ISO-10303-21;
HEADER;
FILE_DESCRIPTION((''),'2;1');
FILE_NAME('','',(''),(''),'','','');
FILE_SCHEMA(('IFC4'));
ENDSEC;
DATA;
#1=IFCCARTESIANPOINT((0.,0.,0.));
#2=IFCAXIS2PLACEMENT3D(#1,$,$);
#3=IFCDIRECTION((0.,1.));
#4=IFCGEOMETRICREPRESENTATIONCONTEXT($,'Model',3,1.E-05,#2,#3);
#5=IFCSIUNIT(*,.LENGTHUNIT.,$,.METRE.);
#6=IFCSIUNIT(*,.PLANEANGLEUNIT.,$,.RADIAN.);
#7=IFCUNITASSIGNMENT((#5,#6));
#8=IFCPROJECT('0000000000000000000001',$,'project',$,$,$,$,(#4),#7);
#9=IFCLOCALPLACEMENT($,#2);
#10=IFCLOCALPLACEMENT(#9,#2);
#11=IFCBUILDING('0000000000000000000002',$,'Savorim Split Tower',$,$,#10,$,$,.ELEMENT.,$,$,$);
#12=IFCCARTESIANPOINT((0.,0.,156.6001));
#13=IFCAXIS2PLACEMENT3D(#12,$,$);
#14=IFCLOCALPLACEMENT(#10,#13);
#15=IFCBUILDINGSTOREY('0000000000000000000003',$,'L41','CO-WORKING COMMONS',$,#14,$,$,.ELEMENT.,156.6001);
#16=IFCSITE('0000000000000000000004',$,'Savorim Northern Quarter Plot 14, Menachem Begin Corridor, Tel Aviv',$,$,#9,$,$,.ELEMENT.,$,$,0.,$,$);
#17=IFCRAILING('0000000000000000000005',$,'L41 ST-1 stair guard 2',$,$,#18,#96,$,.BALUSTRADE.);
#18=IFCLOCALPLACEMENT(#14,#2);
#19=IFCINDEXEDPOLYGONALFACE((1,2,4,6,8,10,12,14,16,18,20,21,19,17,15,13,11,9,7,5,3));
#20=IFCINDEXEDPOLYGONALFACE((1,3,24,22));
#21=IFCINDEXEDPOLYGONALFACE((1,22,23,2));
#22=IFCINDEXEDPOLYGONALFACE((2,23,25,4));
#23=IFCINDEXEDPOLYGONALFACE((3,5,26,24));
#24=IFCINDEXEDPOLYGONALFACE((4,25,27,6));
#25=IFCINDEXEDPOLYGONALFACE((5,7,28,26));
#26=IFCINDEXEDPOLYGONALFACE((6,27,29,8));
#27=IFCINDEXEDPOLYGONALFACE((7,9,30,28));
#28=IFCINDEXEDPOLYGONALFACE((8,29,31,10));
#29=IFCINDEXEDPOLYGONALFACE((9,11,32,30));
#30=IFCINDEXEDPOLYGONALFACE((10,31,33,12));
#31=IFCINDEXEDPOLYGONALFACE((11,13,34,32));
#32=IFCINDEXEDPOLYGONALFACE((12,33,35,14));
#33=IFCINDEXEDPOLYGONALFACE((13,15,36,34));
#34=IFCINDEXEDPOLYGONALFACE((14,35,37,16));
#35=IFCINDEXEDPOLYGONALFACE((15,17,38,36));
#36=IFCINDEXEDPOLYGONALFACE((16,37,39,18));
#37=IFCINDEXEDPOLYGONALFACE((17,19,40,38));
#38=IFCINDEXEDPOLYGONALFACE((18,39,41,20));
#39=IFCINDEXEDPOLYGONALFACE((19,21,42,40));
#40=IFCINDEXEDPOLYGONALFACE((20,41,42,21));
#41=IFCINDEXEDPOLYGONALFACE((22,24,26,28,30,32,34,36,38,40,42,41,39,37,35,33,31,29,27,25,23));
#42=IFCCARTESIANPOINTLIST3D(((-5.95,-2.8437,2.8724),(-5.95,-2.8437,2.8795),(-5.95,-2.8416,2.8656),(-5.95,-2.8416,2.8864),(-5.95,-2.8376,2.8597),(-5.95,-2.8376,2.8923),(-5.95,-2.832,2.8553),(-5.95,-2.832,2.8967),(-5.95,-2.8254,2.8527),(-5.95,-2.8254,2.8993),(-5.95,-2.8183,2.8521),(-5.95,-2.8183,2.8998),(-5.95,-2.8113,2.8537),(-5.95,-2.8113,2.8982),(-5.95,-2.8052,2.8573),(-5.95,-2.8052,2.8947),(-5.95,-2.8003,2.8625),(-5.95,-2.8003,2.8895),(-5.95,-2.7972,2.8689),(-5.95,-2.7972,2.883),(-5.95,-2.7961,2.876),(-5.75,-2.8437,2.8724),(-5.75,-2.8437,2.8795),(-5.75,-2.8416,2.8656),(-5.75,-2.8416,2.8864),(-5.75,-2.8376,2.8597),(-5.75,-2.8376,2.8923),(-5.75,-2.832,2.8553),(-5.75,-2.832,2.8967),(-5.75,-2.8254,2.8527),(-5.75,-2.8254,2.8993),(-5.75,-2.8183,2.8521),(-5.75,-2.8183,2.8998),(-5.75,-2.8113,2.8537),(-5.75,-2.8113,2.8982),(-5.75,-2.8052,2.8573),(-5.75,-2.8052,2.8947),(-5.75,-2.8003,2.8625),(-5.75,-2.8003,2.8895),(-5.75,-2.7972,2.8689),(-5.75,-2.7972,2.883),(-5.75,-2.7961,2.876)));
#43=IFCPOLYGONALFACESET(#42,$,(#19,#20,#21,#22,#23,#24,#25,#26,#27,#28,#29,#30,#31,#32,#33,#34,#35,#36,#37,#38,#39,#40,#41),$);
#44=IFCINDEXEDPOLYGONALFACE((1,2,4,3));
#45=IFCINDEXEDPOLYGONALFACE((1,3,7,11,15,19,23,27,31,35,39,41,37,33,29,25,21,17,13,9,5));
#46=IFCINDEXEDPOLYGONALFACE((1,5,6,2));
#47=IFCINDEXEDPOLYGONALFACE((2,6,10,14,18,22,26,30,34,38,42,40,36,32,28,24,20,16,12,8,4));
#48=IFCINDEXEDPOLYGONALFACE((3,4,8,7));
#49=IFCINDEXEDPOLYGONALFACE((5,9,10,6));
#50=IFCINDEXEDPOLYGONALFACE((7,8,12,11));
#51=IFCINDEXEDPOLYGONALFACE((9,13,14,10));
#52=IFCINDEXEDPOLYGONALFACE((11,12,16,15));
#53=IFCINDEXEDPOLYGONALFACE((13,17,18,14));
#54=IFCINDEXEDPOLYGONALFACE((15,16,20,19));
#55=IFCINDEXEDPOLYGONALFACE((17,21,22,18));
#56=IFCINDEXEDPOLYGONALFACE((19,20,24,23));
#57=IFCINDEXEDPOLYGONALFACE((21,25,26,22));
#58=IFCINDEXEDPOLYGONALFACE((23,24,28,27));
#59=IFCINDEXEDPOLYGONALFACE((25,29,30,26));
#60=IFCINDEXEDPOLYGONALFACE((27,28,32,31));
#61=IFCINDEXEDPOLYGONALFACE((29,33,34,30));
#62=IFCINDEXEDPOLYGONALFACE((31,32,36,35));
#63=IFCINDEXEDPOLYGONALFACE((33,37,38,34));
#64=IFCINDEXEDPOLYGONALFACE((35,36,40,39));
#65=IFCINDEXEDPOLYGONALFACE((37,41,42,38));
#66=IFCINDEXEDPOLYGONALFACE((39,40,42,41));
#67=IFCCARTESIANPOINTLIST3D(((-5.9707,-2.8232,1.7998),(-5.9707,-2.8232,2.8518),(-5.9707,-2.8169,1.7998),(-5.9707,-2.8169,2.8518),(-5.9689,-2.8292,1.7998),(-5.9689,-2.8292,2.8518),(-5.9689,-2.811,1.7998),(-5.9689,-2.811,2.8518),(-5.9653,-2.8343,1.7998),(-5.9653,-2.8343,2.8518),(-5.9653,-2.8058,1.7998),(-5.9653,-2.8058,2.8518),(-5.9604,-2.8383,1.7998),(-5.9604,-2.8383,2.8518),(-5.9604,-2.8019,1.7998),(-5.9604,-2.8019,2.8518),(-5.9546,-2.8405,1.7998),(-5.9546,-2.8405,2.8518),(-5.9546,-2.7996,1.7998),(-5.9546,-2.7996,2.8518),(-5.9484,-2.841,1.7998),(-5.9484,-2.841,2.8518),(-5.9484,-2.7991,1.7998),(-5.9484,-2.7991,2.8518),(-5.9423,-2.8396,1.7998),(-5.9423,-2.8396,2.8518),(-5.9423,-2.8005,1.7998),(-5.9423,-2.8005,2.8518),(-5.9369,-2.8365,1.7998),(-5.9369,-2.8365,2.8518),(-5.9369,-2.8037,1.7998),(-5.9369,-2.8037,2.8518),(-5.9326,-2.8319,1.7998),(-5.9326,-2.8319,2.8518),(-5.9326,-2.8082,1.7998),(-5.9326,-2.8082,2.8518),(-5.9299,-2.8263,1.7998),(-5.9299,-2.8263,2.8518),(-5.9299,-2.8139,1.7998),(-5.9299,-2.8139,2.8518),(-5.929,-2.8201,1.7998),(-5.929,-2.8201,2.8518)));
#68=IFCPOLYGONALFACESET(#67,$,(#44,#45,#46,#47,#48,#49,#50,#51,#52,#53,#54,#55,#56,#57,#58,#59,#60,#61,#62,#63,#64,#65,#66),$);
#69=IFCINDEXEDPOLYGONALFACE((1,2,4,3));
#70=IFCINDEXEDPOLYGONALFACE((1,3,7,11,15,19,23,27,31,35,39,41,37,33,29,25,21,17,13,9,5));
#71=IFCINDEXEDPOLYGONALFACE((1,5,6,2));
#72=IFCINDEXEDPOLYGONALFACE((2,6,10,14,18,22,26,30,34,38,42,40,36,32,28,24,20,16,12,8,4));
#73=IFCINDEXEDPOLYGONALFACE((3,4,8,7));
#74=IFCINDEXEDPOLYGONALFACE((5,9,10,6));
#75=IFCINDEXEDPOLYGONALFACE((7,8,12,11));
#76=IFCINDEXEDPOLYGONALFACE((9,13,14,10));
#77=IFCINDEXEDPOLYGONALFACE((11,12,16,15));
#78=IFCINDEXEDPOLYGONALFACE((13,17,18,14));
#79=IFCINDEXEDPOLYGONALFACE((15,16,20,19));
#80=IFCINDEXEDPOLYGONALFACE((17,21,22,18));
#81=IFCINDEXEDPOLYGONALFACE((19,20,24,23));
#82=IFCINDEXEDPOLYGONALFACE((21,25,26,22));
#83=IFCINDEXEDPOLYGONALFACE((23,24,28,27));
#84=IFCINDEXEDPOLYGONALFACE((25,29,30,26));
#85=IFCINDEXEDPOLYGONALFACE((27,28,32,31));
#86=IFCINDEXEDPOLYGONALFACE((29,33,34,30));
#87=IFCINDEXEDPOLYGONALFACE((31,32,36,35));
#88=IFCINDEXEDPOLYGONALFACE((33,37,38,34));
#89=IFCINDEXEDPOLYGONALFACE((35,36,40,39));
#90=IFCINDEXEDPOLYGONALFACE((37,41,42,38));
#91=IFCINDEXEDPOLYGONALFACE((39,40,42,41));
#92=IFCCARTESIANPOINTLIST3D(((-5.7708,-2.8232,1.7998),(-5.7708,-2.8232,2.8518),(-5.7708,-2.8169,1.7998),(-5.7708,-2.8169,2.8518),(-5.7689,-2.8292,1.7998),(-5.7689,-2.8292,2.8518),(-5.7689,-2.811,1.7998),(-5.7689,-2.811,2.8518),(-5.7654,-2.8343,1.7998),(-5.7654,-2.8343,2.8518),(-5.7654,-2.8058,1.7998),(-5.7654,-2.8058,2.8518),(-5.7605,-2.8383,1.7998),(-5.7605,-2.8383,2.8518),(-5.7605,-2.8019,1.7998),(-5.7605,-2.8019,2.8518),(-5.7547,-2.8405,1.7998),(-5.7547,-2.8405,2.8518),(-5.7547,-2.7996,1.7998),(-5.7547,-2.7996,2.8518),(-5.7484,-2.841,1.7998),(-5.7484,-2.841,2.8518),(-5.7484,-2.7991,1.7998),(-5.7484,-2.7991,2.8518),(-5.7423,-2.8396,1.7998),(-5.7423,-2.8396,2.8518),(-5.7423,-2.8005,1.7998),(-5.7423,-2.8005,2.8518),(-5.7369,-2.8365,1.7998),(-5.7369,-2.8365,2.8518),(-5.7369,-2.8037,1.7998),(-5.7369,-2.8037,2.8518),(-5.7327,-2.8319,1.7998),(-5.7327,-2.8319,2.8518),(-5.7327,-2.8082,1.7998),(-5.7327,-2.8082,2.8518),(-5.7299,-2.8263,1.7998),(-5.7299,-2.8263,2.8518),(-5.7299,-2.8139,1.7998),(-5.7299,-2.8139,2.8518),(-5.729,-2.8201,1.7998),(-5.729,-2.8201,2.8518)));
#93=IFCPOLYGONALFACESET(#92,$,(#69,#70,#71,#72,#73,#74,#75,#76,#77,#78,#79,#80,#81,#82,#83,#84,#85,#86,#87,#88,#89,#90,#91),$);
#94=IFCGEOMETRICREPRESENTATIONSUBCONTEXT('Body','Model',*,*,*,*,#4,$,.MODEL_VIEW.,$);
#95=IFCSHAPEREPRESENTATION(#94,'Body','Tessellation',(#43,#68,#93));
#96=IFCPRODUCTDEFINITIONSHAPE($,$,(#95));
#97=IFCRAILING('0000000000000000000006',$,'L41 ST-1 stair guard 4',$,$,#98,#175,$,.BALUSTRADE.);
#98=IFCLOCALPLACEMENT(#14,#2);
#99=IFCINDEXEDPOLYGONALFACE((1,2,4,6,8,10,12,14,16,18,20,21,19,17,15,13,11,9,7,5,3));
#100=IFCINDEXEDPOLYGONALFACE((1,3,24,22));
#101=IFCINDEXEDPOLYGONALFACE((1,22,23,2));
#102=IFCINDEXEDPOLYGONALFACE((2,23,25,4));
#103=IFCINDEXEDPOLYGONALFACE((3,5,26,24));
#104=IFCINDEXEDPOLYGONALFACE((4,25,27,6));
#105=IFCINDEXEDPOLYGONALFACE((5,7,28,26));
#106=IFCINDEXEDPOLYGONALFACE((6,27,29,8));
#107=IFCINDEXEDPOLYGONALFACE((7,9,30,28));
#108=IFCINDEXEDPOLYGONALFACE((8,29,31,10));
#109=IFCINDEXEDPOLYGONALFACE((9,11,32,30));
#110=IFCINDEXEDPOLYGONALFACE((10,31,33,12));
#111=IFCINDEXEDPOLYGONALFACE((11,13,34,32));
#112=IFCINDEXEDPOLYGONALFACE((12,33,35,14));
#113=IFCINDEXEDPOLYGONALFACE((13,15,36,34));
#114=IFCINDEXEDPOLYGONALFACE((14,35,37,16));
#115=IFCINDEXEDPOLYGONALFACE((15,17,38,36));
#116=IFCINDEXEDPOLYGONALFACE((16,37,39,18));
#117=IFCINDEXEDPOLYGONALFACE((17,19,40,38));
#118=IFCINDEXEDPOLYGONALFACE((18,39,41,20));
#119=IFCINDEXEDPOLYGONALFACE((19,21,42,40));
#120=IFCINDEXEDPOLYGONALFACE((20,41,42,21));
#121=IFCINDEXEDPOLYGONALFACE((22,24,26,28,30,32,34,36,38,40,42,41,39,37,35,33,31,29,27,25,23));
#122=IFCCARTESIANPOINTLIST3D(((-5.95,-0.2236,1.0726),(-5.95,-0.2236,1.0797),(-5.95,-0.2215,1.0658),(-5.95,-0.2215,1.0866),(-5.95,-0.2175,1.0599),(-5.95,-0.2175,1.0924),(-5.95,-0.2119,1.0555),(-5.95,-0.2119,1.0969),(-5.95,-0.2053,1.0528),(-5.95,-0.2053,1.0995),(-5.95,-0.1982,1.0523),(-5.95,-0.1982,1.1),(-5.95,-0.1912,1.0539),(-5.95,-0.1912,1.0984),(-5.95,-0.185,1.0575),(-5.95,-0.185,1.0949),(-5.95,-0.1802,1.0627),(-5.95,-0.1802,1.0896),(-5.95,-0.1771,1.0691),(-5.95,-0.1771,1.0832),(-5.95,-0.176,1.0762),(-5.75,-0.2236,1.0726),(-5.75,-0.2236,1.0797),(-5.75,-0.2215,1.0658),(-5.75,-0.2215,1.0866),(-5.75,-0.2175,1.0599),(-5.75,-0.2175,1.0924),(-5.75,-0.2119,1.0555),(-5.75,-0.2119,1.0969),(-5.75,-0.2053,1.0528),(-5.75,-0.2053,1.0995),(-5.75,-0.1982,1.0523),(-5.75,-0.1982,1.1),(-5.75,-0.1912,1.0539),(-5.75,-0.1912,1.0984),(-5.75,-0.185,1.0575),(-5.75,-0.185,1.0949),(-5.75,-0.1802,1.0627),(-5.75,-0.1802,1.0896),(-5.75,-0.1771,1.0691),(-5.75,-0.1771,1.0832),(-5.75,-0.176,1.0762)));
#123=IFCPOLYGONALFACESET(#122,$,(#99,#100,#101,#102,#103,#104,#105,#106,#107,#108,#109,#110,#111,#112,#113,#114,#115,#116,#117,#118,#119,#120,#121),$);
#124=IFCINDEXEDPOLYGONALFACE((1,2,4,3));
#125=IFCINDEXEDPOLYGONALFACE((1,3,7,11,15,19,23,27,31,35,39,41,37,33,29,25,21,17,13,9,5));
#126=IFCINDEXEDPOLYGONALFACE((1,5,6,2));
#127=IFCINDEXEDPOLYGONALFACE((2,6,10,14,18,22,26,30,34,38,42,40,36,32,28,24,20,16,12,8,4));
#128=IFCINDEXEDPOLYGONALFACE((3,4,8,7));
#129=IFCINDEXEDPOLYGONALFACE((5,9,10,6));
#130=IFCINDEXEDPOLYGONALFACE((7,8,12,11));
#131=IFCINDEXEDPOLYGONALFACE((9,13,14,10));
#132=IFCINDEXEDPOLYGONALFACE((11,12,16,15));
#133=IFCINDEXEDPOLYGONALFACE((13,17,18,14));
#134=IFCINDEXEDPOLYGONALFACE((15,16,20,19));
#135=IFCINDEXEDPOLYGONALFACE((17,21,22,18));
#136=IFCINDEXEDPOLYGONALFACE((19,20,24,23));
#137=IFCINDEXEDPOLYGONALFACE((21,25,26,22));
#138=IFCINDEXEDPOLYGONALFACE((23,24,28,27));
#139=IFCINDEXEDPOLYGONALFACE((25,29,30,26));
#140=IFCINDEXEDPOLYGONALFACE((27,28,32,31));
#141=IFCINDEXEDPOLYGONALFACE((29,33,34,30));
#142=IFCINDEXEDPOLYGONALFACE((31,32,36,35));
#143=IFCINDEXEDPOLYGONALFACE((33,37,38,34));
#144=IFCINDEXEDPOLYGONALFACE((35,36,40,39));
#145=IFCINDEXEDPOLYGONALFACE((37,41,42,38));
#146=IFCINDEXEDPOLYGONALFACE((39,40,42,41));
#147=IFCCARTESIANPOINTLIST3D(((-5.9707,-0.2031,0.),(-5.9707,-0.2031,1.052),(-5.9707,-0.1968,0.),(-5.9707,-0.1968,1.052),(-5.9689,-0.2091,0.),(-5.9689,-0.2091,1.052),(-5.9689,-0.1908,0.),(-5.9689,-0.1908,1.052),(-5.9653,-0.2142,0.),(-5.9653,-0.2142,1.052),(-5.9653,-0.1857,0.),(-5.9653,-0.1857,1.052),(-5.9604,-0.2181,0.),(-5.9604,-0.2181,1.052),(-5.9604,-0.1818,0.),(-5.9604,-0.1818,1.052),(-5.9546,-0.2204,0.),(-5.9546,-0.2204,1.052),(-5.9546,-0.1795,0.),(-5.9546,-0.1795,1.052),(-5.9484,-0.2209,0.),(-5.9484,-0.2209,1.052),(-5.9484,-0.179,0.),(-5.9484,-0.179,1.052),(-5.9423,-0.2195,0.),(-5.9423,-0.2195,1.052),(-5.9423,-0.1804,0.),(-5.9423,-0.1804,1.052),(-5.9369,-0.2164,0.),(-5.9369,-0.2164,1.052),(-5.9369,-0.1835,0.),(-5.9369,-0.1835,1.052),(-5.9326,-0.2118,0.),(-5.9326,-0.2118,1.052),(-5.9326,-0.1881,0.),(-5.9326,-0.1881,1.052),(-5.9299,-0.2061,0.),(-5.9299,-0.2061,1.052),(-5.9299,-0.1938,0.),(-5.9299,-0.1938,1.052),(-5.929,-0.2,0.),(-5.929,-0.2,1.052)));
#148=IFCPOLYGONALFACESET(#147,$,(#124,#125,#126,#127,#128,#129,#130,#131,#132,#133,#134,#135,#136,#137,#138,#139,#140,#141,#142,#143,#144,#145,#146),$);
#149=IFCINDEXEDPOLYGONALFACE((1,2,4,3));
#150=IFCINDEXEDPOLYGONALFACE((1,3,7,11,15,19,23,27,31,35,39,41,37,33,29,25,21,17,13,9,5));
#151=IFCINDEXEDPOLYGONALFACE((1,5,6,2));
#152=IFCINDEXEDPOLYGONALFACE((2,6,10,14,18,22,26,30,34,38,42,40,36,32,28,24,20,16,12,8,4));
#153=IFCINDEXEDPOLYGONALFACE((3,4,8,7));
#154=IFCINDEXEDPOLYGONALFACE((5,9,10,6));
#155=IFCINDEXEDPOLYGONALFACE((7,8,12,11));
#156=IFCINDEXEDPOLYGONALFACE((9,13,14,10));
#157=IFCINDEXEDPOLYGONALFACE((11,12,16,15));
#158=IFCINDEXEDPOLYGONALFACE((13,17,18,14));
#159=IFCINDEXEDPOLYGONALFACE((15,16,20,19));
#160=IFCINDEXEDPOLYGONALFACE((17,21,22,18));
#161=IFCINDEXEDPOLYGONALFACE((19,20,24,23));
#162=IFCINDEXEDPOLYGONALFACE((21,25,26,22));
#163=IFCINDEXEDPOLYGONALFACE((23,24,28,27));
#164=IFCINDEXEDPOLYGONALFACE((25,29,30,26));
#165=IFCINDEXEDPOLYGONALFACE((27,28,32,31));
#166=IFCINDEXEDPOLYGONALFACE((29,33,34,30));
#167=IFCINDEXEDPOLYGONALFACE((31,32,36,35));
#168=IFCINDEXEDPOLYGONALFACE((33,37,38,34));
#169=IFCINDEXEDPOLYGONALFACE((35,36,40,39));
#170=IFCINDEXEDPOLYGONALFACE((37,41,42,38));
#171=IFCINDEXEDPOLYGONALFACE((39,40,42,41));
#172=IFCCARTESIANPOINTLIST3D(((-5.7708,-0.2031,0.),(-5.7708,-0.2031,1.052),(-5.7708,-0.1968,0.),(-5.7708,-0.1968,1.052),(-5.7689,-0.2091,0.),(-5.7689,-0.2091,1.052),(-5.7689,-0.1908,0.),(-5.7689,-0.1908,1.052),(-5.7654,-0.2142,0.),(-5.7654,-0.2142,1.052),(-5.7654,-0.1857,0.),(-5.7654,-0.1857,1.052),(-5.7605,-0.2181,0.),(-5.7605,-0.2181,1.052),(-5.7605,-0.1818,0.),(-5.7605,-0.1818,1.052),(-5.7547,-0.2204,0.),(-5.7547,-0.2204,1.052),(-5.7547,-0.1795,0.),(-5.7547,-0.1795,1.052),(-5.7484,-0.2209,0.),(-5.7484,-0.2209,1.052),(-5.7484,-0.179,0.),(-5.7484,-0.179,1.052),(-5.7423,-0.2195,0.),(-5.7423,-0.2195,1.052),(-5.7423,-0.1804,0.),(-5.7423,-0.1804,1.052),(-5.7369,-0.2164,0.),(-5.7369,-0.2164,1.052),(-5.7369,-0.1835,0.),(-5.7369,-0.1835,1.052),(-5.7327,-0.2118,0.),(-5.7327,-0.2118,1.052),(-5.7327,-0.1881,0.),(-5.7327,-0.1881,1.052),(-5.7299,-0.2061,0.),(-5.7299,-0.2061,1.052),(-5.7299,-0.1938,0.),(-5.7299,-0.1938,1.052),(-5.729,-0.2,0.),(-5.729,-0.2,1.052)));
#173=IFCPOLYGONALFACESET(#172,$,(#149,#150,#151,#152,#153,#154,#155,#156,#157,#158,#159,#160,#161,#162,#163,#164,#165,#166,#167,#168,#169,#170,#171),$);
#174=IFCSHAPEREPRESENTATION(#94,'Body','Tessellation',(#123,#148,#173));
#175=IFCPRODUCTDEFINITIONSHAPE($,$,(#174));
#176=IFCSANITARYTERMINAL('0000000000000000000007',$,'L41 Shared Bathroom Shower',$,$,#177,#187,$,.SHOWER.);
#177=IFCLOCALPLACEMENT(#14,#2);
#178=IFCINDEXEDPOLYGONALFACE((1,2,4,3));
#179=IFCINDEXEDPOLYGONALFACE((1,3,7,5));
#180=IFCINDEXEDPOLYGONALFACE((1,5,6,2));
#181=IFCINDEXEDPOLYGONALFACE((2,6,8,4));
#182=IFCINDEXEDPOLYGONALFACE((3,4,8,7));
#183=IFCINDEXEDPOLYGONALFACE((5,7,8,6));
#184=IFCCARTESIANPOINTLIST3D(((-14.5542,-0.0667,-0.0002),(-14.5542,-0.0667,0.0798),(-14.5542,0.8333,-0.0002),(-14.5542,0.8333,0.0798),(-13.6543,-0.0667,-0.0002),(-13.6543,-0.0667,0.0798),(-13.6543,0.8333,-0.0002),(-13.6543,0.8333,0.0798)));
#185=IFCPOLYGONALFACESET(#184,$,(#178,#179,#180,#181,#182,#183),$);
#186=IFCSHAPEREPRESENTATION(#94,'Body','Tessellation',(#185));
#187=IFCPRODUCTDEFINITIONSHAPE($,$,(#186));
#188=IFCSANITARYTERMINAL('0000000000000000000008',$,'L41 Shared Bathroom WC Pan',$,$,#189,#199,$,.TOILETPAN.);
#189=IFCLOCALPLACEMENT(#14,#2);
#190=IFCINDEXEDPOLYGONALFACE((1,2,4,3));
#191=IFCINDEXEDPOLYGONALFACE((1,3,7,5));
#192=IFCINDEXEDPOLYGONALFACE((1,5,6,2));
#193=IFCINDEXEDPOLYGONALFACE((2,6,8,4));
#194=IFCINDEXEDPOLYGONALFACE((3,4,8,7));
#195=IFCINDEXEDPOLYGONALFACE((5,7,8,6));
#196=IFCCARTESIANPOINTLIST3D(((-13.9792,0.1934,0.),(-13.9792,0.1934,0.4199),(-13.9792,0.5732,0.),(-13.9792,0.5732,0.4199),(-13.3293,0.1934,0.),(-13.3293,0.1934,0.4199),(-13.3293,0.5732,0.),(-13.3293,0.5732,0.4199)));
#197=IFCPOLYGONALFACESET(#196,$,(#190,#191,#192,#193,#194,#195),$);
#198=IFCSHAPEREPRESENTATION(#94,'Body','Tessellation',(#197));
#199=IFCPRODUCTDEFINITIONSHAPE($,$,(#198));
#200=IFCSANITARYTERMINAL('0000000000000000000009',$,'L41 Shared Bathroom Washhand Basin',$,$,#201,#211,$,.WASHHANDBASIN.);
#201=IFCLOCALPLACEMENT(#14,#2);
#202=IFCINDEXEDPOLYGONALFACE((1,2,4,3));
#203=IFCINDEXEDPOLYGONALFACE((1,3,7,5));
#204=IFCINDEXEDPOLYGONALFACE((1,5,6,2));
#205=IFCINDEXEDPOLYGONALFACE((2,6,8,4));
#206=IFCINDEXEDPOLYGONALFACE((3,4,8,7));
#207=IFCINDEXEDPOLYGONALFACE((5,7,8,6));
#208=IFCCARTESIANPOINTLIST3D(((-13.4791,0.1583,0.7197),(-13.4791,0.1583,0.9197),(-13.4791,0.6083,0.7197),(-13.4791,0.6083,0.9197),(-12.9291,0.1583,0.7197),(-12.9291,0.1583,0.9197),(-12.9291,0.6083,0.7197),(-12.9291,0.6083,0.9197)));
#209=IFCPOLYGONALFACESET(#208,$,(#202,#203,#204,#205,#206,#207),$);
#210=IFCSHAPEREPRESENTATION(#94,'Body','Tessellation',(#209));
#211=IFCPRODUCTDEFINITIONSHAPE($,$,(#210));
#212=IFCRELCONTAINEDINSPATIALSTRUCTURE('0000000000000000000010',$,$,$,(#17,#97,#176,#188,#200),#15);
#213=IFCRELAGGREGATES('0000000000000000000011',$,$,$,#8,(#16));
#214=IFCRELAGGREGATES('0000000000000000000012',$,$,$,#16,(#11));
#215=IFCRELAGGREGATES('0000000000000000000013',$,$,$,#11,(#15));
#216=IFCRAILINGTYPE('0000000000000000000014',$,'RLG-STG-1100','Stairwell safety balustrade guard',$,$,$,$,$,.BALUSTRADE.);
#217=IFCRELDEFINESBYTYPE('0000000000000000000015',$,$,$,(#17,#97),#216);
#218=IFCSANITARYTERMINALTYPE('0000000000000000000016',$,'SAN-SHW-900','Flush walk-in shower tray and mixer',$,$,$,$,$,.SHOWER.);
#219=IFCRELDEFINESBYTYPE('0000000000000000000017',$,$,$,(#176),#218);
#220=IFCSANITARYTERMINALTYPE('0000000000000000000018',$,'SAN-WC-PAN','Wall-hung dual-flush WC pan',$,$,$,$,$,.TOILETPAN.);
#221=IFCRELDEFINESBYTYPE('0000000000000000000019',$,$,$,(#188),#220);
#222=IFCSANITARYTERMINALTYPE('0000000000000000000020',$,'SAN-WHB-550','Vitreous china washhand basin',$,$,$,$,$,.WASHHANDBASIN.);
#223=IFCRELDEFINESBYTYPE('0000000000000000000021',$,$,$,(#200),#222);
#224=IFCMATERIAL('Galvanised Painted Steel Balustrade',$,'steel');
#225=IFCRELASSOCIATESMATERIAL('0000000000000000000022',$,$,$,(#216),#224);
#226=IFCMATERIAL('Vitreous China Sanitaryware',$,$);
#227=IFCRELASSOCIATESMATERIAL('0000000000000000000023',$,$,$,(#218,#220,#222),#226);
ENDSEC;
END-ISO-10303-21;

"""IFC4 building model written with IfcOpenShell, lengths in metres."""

from ifc_helpers import new_model, si_unit, direction, frame, origin, origin_2d, place, context, subcontext, project, spatial, rectangle, circle, extrude, material, type_object, element, save


model = new_model("IFC4")

# Units and contexts
model_context = context("Model", 3, precision=1e-05, world=origin(), true_north=direction((0.0, 1.0)))
body_context = subcontext(model_context, "Body", "Model", "MODEL_VIEW")
ifc_project = project(units=[si_unit("LENGTHUNIT", "METRE"), si_unit("PLANEANGLEUNIT", "RADIAN")], contexts=[model_context])

# Site, building, storey
site_placement = place(None, origin())
site = spatial("IfcSite", under=ifc_project, at=site_placement, Name="Savorim Northern Quarter Plot 14, Menachem Begin Corridor, Tel Aviv", CompositionType="ELEMENT", RefElevation=0.0)
building_placement = place(site_placement, origin())
building = spatial("IfcBuilding", under=site, at=building_placement, Name="Savorim Split Tower", CompositionType="ELEMENT")
storey_placement = place(building_placement, frame((0.0, 0.0, 156.6001)))
storey = spatial("IfcBuildingStorey", under=building, at=storey_placement, Name="L41", Description="CO-WORKING COMMONS", CompositionType="ELEMENT", Elevation=156.6001)

# Railings
ifc_material_1 = material(Name="Galvanised Painted Steel Balustrade", Category="steel")
railing_type_1 = type_object("IfcRailingType", Name="RLG-STG-1100", Description="Stairwell safety balustrade guard", PredefinedType="BALUSTRADE", material=ifc_material_1)
for number, where, name in (
    (1, (-5.95, -2.8201, 1.7998), "L41 ST-1 stair guard 2"),
    (2, (-5.95, -0.2, 0.0), "L41 ST-1 stair guard 4"),
):
    element("IfcRailing", number, at=place(storey_placement, frame(where)), inside=storey, type_object=railing_type_1, Name=name, PredefinedType="BALUSTRADE", context=body_context, shape_type="SweptSolid", body=[
        extrude(circle(Radius=0.0239, at=origin_2d()), frame((0.0, 0.0, 1.0762), z_axis=(1.0, 0.0, 0.0), x_axis=(0.0, 1.0, 0.0)), (0.0, 0.0, 1.0), 0.2),
        extrude(circle(Radius=0.021, at=origin_2d()), origin(), (0.0, 0.0, 1.0), 1.052),
        extrude(circle(Radius=0.021, at=origin_2d()), frame((0.2, 0.0, 0.0)), (0.0, 0.0, 1.0), 1.052),
    ])

# Sanitary terminals
ifc_material_2 = material(Name="Vitreous China Sanitaryware")
sanitary_terminal_type_1 = type_object("IfcSanitaryTerminalType", Name="SAN-SHW-900", Description="Flush walk-in shower tray and mixer", PredefinedType="SHOWER", material=ifc_material_2)
sanitary_terminal_1_placement = place(storey_placement, frame((-14.1042, 0.3833, -0.0002), z_axis=(0.0, 0.0, 1.0), x_axis=(1.0, 0.0, 0.0)))
element("IfcSanitaryTerminal", 3, at=sanitary_terminal_1_placement, inside=storey, type_object=sanitary_terminal_type_1, Name="L41 Shared Bathroom Shower", PredefinedType="SHOWER", context=body_context, shape_type="SweptSolid", body=[
    extrude(rectangle(XDim=0.8999, YDim=0.8999, at=origin_2d()), origin(), (0.0, 0.0, 1.0), 0.0801),
])
sanitary_terminal_type_2 = type_object("IfcSanitaryTerminalType", Name="SAN-WC-PAN", Description="Wall-hung dual-flush WC pan", PredefinedType="TOILETPAN", material=ifc_material_2)
sanitary_terminal_2_placement = place(storey_placement, frame((-13.6543, 0.3833, 0.0), z_axis=(0.0, 0.0, 1.0), x_axis=(1.0, 0.0, 0.0)))
element("IfcSanitaryTerminal", 4, at=sanitary_terminal_2_placement, inside=storey, type_object=sanitary_terminal_type_2, Name="L41 Shared Bathroom WC Pan", PredefinedType="TOILETPAN", context=body_context, shape_type="SweptSolid", body=[
    extrude(rectangle(XDim=0.6499, YDim=0.3799, at=origin_2d()), origin(), (0.0, 0.0, 1.0), 0.4199),
])
sanitary_terminal_type_3 = type_object("IfcSanitaryTerminalType", Name="SAN-WHB-550", Description="Vitreous china washhand basin", PredefinedType="WASHHANDBASIN", material=ifc_material_2)
for number, where, z_axis, x_axis, name in (
    (5, (-13.2041, 0.3833, 0.7197), (0.0, 0.0, 1.0), (1.0, 0.0, 0.0), "L41 Shared Bathroom Washhand Basin"),
):
    element("IfcSanitaryTerminal", number, at=place(storey_placement, frame(where, z_axis=z_axis, x_axis=x_axis)), inside=storey, type_object=sanitary_terminal_type_3, Name=name, PredefinedType="WASHHANDBASIN", context=body_context, shape_type="SweptSolid", body=[
        extrude(rectangle(XDim=0.55, YDim=0.45, at=origin_2d()), origin(), (0.0, 0.0, 1.0), 0.2),
    ])

save(model, "model.ifc")
